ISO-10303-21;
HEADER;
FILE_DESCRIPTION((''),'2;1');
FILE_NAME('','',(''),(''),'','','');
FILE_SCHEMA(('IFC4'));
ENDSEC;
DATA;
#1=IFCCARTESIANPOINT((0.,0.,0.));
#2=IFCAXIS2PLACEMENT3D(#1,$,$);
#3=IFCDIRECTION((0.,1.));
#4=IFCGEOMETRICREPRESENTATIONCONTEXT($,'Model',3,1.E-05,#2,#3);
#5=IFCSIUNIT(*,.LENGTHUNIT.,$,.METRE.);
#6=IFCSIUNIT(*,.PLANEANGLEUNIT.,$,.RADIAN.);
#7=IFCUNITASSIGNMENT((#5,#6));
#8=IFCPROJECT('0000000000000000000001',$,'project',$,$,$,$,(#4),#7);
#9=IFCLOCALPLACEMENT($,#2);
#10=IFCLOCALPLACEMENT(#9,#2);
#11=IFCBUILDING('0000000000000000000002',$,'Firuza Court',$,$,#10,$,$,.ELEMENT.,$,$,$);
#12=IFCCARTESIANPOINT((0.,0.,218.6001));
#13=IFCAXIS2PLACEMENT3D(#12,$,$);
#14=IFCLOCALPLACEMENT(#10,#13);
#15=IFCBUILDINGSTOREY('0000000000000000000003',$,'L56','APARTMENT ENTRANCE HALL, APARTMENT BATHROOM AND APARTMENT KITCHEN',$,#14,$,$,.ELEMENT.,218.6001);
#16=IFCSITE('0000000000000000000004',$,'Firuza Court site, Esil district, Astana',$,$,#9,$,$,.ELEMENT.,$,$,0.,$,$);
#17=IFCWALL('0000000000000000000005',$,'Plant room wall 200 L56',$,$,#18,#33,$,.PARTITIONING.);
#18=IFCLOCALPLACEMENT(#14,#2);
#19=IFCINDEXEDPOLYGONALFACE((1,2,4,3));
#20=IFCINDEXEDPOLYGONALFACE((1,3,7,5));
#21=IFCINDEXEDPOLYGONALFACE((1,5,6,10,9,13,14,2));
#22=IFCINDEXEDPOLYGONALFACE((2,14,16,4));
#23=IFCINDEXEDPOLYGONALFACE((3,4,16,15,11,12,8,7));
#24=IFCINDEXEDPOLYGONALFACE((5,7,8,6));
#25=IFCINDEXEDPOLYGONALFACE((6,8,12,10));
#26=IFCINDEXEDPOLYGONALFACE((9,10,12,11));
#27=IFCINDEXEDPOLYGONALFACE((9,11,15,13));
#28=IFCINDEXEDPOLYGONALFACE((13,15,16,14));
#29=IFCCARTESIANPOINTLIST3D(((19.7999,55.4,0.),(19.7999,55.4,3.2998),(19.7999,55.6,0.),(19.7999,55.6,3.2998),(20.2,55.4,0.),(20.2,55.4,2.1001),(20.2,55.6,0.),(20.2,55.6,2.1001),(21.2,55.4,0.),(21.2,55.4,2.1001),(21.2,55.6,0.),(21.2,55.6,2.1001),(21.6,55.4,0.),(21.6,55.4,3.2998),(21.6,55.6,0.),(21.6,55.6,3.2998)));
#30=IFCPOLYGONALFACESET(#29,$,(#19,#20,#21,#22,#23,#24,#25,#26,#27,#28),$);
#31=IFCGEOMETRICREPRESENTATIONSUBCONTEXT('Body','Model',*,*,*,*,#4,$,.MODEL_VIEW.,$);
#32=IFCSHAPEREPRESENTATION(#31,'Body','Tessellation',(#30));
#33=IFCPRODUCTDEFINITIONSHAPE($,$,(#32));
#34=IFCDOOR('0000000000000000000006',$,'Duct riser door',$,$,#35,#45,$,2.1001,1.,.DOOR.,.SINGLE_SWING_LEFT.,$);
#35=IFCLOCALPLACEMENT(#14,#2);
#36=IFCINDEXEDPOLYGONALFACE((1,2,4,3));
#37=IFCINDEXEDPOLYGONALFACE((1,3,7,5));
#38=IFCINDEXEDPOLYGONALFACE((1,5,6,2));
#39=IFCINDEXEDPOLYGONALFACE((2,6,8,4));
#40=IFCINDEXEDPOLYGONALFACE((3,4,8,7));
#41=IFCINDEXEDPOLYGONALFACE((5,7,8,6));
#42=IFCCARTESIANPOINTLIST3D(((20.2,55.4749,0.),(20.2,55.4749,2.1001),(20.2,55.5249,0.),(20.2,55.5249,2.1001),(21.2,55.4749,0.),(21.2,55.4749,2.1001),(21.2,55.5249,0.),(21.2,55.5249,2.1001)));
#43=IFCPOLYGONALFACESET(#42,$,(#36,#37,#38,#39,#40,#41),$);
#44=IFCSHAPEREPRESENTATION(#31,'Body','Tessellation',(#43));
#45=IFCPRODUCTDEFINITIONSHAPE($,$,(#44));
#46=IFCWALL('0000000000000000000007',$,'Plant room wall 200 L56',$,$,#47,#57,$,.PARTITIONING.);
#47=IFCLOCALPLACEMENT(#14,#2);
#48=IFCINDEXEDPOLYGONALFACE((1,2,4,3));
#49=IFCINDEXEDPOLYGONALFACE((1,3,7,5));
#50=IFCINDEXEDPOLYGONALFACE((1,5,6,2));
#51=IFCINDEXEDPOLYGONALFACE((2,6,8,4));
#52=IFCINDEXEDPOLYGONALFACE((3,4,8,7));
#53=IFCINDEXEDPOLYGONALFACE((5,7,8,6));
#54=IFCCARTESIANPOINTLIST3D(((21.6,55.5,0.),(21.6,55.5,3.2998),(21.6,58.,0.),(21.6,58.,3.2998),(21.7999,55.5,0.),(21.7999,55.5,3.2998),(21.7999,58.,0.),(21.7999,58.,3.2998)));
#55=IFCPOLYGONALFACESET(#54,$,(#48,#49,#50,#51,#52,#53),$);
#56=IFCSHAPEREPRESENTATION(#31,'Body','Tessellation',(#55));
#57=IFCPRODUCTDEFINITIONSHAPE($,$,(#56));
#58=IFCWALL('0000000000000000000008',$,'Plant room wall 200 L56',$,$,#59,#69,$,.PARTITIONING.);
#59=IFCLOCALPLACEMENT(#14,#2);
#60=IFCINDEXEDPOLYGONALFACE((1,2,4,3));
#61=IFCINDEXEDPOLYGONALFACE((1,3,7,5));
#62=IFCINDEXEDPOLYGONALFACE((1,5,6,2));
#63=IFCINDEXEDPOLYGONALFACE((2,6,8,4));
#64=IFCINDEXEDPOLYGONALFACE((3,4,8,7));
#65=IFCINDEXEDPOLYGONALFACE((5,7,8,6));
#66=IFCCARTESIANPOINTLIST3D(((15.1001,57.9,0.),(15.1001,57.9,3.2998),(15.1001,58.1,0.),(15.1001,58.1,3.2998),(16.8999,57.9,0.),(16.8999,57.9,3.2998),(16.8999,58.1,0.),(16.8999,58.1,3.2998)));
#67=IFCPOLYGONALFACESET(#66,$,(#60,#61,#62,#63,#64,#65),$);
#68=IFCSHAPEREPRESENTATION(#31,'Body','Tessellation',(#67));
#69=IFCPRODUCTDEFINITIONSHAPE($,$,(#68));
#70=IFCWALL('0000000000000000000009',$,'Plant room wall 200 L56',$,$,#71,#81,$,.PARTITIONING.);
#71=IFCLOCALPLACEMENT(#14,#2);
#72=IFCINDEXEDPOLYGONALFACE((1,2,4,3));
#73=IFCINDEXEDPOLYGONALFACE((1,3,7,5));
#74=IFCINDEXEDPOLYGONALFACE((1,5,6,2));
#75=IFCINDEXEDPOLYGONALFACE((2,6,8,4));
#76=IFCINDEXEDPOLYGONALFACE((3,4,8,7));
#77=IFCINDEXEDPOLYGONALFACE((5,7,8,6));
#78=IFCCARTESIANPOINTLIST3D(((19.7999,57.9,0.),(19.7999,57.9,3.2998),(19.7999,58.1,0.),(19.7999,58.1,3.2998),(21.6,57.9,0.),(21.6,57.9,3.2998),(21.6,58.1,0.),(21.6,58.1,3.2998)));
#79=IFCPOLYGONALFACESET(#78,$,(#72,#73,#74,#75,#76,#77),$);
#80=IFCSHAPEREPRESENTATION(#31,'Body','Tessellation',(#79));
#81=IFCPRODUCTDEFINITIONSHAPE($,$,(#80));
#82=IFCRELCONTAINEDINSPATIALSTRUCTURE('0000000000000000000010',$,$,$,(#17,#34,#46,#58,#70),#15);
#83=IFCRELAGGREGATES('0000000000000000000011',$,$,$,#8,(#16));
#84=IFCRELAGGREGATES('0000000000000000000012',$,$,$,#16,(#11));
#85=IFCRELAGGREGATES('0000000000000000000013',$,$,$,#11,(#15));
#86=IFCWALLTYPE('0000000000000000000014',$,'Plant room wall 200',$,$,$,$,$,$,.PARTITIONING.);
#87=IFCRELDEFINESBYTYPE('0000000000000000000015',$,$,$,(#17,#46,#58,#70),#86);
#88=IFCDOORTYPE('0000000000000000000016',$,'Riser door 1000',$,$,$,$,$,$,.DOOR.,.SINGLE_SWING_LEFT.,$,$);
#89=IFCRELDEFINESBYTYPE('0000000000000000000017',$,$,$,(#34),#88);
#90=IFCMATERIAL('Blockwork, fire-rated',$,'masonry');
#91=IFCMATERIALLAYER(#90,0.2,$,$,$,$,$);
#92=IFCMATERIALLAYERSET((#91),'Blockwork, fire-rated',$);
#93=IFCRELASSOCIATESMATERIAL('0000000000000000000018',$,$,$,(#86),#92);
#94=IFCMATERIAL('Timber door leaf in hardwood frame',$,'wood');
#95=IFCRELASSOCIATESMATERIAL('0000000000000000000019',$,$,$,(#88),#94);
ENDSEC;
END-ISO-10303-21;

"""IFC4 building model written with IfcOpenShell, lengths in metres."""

from ifc_helpers import new_model, si_unit, direction, frame, frame_2d, origin, place, context, subcontext, project, spatial, rectangle, extrude, material, layer, layer_set, type_object, element, fill, save


model = new_model("IFC4")

# Units and contexts
model_context = context("Model", 3, precision=1e-05, world=origin(), true_north=direction((0.0, 1.0)))
body_context = subcontext(model_context, "Body", "Model", "MODEL_VIEW")
ifc_project = project(units=[si_unit("LENGTHUNIT", "METRE"), si_unit("PLANEANGLEUNIT", "RADIAN")], contexts=[model_context])

# Site, building, storey
site_placement = place(None, origin())
site = spatial("IfcSite", under=ifc_project, at=site_placement, Name="Firuza Court site, Esil district, Astana", CompositionType="ELEMENT", RefElevation=0.0)
building_placement = place(site_placement, origin())
building = spatial("IfcBuilding", under=site, at=building_placement, Name="Firuza Court", CompositionType="ELEMENT")
storey_placement = place(building_placement, frame((0.0, 0.0, 218.6001)))
storey = spatial("IfcBuildingStorey", under=building, at=storey_placement, Name="L56", Description="APARTMENT ENTRANCE HALL, APARTMENT BATHROOM AND APARTMENT KITCHEN", CompositionType="ELEMENT", Elevation=218.6001)

# Shared definitions
ifc_material_1 = material(Name="Blockwork, fire-rated", Category="masonry")
ifc_layer_1 = layer(ifc_material_1, 0.2)
ifc_layer_set_1 = layer_set([ifc_layer_1], Name="Blockwork, fire-rated")
wall_type_1 = type_object("IfcWallType", Name="Plant room wall 200", PredefinedType="PARTITIONING", material=ifc_layer_set_1)

# Wall, opening, door
wall_1_placement = place(storey_placement, frame((19.8, 55.5, 0.0), z_axis=(0.0, 0.0, 1.0), x_axis=(1.0, 0.0, 0.0)))
wall_1 = element("IfcWall", 1, at=wall_1_placement, inside=storey, type_object=wall_type_1, Name="Plant room wall 200 L56", PredefinedType="PARTITIONING", context=body_context, shape_type="SweptSolid", body=[
    extrude(rectangle(XDim=1.8, YDim=0.2, at=frame_2d((0.8999, 0.0))), origin(), (0.0, 0.0, 1.0), 3.2998),
])
opening_placement = place(wall_1_placement, frame((0.3999, 0.0, 0.0)))
opening = element("IfcOpeningElement", 2, at=opening_placement, cuts=wall_1, PredefinedType="OPENING", context=body_context, shape_type="SweptSolid", body=[
    extrude(rectangle(XDim=1.0, YDim=2.1001, at=frame_2d((0.5, 1.05))), frame((0.0, 0.1118, 0.0), z_axis=(0.0, -1.0, 0.0), x_axis=(1.0, 0.0, 0.0)), (0.0, 0.0, 1.0), 0.2239),
])
ifc_material_2 = material(Name="Timber door leaf in hardwood frame", Category="wood")
door_type = type_object("IfcDoorType", Name="Riser door 1000", OperationType="SINGLE_SWING_LEFT", PredefinedType="DOOR", material=ifc_material_2)
door_placement = place(opening_placement, origin())
door = element("IfcDoor", 3, at=door_placement, inside=storey, type_object=door_type, Name="Duct riser door", OperationType="SINGLE_SWING_LEFT", OverallHeight=2.1001, OverallWidth=1.0, PredefinedType="DOOR", context=body_context, shape_type="SweptSolid", body=[
    extrude(rectangle(XDim=1.0, YDim=2.1001, at=frame_2d((0.5, 1.05))), frame((0.0, 0.0249, 0.0), z_axis=(0.0, -1.0, 0.0), x_axis=(1.0, 0.0, 0.0)), (0.0, 0.0, 1.0), 0.05),
])
fill(opening, door)

# Walls
wall_2_placement = place(storey_placement, frame((21.7, 55.5, 0.0), z_axis=(0.0, 0.0, 1.0), x_axis=(0.0, 1.0, 0.0)))
element("IfcWall", 4, at=wall_2_placement, inside=storey, type_object=wall_type_1, Name="Plant room wall 200 L56", PredefinedType="PARTITIONING", context=body_context, shape_type="SweptSolid", body=[
    extrude(rectangle(XDim=2.5, YDim=0.2, at=frame_2d((1.25, 0.0))), origin(), (0.0, 0.0, 1.0), 3.2998),
])
wall_3_placement = place(storey_placement, frame((15.1001, 58.0, 0.0), z_axis=(0.0, 0.0, 1.0), x_axis=(1.0, 0.0, 0.0)))
element("IfcWall", 5, at=wall_3_placement, inside=storey, type_object=wall_type_1, Name="Plant room wall 200 L56", PredefinedType="PARTITIONING", context=body_context, shape_type="SweptSolid", body=[
    extrude(rectangle(XDim=1.7998, YDim=0.2, at=frame_2d((0.8999, 0.0))), origin(), (0.0, 0.0, 1.0), 3.2998),
])
wall_4_placement = place(storey_placement, frame((19.8, 58.0, 0.0), z_axis=(0.0, 0.0, 1.0), x_axis=(1.0, 0.0, 0.0)))
element("IfcWall", 6, at=wall_4_placement, inside=storey, type_object=wall_type_1, Name="Plant room wall 200 L56", PredefinedType="PARTITIONING", context=body_context, shape_type="SweptSolid", body=[
    extrude(rectangle(XDim=1.8, YDim=0.2, at=frame_2d((0.8999, 0.0))), origin(), (0.0, 0.0, 1.0), 3.2998),
])

save(model, "model.ifc")
